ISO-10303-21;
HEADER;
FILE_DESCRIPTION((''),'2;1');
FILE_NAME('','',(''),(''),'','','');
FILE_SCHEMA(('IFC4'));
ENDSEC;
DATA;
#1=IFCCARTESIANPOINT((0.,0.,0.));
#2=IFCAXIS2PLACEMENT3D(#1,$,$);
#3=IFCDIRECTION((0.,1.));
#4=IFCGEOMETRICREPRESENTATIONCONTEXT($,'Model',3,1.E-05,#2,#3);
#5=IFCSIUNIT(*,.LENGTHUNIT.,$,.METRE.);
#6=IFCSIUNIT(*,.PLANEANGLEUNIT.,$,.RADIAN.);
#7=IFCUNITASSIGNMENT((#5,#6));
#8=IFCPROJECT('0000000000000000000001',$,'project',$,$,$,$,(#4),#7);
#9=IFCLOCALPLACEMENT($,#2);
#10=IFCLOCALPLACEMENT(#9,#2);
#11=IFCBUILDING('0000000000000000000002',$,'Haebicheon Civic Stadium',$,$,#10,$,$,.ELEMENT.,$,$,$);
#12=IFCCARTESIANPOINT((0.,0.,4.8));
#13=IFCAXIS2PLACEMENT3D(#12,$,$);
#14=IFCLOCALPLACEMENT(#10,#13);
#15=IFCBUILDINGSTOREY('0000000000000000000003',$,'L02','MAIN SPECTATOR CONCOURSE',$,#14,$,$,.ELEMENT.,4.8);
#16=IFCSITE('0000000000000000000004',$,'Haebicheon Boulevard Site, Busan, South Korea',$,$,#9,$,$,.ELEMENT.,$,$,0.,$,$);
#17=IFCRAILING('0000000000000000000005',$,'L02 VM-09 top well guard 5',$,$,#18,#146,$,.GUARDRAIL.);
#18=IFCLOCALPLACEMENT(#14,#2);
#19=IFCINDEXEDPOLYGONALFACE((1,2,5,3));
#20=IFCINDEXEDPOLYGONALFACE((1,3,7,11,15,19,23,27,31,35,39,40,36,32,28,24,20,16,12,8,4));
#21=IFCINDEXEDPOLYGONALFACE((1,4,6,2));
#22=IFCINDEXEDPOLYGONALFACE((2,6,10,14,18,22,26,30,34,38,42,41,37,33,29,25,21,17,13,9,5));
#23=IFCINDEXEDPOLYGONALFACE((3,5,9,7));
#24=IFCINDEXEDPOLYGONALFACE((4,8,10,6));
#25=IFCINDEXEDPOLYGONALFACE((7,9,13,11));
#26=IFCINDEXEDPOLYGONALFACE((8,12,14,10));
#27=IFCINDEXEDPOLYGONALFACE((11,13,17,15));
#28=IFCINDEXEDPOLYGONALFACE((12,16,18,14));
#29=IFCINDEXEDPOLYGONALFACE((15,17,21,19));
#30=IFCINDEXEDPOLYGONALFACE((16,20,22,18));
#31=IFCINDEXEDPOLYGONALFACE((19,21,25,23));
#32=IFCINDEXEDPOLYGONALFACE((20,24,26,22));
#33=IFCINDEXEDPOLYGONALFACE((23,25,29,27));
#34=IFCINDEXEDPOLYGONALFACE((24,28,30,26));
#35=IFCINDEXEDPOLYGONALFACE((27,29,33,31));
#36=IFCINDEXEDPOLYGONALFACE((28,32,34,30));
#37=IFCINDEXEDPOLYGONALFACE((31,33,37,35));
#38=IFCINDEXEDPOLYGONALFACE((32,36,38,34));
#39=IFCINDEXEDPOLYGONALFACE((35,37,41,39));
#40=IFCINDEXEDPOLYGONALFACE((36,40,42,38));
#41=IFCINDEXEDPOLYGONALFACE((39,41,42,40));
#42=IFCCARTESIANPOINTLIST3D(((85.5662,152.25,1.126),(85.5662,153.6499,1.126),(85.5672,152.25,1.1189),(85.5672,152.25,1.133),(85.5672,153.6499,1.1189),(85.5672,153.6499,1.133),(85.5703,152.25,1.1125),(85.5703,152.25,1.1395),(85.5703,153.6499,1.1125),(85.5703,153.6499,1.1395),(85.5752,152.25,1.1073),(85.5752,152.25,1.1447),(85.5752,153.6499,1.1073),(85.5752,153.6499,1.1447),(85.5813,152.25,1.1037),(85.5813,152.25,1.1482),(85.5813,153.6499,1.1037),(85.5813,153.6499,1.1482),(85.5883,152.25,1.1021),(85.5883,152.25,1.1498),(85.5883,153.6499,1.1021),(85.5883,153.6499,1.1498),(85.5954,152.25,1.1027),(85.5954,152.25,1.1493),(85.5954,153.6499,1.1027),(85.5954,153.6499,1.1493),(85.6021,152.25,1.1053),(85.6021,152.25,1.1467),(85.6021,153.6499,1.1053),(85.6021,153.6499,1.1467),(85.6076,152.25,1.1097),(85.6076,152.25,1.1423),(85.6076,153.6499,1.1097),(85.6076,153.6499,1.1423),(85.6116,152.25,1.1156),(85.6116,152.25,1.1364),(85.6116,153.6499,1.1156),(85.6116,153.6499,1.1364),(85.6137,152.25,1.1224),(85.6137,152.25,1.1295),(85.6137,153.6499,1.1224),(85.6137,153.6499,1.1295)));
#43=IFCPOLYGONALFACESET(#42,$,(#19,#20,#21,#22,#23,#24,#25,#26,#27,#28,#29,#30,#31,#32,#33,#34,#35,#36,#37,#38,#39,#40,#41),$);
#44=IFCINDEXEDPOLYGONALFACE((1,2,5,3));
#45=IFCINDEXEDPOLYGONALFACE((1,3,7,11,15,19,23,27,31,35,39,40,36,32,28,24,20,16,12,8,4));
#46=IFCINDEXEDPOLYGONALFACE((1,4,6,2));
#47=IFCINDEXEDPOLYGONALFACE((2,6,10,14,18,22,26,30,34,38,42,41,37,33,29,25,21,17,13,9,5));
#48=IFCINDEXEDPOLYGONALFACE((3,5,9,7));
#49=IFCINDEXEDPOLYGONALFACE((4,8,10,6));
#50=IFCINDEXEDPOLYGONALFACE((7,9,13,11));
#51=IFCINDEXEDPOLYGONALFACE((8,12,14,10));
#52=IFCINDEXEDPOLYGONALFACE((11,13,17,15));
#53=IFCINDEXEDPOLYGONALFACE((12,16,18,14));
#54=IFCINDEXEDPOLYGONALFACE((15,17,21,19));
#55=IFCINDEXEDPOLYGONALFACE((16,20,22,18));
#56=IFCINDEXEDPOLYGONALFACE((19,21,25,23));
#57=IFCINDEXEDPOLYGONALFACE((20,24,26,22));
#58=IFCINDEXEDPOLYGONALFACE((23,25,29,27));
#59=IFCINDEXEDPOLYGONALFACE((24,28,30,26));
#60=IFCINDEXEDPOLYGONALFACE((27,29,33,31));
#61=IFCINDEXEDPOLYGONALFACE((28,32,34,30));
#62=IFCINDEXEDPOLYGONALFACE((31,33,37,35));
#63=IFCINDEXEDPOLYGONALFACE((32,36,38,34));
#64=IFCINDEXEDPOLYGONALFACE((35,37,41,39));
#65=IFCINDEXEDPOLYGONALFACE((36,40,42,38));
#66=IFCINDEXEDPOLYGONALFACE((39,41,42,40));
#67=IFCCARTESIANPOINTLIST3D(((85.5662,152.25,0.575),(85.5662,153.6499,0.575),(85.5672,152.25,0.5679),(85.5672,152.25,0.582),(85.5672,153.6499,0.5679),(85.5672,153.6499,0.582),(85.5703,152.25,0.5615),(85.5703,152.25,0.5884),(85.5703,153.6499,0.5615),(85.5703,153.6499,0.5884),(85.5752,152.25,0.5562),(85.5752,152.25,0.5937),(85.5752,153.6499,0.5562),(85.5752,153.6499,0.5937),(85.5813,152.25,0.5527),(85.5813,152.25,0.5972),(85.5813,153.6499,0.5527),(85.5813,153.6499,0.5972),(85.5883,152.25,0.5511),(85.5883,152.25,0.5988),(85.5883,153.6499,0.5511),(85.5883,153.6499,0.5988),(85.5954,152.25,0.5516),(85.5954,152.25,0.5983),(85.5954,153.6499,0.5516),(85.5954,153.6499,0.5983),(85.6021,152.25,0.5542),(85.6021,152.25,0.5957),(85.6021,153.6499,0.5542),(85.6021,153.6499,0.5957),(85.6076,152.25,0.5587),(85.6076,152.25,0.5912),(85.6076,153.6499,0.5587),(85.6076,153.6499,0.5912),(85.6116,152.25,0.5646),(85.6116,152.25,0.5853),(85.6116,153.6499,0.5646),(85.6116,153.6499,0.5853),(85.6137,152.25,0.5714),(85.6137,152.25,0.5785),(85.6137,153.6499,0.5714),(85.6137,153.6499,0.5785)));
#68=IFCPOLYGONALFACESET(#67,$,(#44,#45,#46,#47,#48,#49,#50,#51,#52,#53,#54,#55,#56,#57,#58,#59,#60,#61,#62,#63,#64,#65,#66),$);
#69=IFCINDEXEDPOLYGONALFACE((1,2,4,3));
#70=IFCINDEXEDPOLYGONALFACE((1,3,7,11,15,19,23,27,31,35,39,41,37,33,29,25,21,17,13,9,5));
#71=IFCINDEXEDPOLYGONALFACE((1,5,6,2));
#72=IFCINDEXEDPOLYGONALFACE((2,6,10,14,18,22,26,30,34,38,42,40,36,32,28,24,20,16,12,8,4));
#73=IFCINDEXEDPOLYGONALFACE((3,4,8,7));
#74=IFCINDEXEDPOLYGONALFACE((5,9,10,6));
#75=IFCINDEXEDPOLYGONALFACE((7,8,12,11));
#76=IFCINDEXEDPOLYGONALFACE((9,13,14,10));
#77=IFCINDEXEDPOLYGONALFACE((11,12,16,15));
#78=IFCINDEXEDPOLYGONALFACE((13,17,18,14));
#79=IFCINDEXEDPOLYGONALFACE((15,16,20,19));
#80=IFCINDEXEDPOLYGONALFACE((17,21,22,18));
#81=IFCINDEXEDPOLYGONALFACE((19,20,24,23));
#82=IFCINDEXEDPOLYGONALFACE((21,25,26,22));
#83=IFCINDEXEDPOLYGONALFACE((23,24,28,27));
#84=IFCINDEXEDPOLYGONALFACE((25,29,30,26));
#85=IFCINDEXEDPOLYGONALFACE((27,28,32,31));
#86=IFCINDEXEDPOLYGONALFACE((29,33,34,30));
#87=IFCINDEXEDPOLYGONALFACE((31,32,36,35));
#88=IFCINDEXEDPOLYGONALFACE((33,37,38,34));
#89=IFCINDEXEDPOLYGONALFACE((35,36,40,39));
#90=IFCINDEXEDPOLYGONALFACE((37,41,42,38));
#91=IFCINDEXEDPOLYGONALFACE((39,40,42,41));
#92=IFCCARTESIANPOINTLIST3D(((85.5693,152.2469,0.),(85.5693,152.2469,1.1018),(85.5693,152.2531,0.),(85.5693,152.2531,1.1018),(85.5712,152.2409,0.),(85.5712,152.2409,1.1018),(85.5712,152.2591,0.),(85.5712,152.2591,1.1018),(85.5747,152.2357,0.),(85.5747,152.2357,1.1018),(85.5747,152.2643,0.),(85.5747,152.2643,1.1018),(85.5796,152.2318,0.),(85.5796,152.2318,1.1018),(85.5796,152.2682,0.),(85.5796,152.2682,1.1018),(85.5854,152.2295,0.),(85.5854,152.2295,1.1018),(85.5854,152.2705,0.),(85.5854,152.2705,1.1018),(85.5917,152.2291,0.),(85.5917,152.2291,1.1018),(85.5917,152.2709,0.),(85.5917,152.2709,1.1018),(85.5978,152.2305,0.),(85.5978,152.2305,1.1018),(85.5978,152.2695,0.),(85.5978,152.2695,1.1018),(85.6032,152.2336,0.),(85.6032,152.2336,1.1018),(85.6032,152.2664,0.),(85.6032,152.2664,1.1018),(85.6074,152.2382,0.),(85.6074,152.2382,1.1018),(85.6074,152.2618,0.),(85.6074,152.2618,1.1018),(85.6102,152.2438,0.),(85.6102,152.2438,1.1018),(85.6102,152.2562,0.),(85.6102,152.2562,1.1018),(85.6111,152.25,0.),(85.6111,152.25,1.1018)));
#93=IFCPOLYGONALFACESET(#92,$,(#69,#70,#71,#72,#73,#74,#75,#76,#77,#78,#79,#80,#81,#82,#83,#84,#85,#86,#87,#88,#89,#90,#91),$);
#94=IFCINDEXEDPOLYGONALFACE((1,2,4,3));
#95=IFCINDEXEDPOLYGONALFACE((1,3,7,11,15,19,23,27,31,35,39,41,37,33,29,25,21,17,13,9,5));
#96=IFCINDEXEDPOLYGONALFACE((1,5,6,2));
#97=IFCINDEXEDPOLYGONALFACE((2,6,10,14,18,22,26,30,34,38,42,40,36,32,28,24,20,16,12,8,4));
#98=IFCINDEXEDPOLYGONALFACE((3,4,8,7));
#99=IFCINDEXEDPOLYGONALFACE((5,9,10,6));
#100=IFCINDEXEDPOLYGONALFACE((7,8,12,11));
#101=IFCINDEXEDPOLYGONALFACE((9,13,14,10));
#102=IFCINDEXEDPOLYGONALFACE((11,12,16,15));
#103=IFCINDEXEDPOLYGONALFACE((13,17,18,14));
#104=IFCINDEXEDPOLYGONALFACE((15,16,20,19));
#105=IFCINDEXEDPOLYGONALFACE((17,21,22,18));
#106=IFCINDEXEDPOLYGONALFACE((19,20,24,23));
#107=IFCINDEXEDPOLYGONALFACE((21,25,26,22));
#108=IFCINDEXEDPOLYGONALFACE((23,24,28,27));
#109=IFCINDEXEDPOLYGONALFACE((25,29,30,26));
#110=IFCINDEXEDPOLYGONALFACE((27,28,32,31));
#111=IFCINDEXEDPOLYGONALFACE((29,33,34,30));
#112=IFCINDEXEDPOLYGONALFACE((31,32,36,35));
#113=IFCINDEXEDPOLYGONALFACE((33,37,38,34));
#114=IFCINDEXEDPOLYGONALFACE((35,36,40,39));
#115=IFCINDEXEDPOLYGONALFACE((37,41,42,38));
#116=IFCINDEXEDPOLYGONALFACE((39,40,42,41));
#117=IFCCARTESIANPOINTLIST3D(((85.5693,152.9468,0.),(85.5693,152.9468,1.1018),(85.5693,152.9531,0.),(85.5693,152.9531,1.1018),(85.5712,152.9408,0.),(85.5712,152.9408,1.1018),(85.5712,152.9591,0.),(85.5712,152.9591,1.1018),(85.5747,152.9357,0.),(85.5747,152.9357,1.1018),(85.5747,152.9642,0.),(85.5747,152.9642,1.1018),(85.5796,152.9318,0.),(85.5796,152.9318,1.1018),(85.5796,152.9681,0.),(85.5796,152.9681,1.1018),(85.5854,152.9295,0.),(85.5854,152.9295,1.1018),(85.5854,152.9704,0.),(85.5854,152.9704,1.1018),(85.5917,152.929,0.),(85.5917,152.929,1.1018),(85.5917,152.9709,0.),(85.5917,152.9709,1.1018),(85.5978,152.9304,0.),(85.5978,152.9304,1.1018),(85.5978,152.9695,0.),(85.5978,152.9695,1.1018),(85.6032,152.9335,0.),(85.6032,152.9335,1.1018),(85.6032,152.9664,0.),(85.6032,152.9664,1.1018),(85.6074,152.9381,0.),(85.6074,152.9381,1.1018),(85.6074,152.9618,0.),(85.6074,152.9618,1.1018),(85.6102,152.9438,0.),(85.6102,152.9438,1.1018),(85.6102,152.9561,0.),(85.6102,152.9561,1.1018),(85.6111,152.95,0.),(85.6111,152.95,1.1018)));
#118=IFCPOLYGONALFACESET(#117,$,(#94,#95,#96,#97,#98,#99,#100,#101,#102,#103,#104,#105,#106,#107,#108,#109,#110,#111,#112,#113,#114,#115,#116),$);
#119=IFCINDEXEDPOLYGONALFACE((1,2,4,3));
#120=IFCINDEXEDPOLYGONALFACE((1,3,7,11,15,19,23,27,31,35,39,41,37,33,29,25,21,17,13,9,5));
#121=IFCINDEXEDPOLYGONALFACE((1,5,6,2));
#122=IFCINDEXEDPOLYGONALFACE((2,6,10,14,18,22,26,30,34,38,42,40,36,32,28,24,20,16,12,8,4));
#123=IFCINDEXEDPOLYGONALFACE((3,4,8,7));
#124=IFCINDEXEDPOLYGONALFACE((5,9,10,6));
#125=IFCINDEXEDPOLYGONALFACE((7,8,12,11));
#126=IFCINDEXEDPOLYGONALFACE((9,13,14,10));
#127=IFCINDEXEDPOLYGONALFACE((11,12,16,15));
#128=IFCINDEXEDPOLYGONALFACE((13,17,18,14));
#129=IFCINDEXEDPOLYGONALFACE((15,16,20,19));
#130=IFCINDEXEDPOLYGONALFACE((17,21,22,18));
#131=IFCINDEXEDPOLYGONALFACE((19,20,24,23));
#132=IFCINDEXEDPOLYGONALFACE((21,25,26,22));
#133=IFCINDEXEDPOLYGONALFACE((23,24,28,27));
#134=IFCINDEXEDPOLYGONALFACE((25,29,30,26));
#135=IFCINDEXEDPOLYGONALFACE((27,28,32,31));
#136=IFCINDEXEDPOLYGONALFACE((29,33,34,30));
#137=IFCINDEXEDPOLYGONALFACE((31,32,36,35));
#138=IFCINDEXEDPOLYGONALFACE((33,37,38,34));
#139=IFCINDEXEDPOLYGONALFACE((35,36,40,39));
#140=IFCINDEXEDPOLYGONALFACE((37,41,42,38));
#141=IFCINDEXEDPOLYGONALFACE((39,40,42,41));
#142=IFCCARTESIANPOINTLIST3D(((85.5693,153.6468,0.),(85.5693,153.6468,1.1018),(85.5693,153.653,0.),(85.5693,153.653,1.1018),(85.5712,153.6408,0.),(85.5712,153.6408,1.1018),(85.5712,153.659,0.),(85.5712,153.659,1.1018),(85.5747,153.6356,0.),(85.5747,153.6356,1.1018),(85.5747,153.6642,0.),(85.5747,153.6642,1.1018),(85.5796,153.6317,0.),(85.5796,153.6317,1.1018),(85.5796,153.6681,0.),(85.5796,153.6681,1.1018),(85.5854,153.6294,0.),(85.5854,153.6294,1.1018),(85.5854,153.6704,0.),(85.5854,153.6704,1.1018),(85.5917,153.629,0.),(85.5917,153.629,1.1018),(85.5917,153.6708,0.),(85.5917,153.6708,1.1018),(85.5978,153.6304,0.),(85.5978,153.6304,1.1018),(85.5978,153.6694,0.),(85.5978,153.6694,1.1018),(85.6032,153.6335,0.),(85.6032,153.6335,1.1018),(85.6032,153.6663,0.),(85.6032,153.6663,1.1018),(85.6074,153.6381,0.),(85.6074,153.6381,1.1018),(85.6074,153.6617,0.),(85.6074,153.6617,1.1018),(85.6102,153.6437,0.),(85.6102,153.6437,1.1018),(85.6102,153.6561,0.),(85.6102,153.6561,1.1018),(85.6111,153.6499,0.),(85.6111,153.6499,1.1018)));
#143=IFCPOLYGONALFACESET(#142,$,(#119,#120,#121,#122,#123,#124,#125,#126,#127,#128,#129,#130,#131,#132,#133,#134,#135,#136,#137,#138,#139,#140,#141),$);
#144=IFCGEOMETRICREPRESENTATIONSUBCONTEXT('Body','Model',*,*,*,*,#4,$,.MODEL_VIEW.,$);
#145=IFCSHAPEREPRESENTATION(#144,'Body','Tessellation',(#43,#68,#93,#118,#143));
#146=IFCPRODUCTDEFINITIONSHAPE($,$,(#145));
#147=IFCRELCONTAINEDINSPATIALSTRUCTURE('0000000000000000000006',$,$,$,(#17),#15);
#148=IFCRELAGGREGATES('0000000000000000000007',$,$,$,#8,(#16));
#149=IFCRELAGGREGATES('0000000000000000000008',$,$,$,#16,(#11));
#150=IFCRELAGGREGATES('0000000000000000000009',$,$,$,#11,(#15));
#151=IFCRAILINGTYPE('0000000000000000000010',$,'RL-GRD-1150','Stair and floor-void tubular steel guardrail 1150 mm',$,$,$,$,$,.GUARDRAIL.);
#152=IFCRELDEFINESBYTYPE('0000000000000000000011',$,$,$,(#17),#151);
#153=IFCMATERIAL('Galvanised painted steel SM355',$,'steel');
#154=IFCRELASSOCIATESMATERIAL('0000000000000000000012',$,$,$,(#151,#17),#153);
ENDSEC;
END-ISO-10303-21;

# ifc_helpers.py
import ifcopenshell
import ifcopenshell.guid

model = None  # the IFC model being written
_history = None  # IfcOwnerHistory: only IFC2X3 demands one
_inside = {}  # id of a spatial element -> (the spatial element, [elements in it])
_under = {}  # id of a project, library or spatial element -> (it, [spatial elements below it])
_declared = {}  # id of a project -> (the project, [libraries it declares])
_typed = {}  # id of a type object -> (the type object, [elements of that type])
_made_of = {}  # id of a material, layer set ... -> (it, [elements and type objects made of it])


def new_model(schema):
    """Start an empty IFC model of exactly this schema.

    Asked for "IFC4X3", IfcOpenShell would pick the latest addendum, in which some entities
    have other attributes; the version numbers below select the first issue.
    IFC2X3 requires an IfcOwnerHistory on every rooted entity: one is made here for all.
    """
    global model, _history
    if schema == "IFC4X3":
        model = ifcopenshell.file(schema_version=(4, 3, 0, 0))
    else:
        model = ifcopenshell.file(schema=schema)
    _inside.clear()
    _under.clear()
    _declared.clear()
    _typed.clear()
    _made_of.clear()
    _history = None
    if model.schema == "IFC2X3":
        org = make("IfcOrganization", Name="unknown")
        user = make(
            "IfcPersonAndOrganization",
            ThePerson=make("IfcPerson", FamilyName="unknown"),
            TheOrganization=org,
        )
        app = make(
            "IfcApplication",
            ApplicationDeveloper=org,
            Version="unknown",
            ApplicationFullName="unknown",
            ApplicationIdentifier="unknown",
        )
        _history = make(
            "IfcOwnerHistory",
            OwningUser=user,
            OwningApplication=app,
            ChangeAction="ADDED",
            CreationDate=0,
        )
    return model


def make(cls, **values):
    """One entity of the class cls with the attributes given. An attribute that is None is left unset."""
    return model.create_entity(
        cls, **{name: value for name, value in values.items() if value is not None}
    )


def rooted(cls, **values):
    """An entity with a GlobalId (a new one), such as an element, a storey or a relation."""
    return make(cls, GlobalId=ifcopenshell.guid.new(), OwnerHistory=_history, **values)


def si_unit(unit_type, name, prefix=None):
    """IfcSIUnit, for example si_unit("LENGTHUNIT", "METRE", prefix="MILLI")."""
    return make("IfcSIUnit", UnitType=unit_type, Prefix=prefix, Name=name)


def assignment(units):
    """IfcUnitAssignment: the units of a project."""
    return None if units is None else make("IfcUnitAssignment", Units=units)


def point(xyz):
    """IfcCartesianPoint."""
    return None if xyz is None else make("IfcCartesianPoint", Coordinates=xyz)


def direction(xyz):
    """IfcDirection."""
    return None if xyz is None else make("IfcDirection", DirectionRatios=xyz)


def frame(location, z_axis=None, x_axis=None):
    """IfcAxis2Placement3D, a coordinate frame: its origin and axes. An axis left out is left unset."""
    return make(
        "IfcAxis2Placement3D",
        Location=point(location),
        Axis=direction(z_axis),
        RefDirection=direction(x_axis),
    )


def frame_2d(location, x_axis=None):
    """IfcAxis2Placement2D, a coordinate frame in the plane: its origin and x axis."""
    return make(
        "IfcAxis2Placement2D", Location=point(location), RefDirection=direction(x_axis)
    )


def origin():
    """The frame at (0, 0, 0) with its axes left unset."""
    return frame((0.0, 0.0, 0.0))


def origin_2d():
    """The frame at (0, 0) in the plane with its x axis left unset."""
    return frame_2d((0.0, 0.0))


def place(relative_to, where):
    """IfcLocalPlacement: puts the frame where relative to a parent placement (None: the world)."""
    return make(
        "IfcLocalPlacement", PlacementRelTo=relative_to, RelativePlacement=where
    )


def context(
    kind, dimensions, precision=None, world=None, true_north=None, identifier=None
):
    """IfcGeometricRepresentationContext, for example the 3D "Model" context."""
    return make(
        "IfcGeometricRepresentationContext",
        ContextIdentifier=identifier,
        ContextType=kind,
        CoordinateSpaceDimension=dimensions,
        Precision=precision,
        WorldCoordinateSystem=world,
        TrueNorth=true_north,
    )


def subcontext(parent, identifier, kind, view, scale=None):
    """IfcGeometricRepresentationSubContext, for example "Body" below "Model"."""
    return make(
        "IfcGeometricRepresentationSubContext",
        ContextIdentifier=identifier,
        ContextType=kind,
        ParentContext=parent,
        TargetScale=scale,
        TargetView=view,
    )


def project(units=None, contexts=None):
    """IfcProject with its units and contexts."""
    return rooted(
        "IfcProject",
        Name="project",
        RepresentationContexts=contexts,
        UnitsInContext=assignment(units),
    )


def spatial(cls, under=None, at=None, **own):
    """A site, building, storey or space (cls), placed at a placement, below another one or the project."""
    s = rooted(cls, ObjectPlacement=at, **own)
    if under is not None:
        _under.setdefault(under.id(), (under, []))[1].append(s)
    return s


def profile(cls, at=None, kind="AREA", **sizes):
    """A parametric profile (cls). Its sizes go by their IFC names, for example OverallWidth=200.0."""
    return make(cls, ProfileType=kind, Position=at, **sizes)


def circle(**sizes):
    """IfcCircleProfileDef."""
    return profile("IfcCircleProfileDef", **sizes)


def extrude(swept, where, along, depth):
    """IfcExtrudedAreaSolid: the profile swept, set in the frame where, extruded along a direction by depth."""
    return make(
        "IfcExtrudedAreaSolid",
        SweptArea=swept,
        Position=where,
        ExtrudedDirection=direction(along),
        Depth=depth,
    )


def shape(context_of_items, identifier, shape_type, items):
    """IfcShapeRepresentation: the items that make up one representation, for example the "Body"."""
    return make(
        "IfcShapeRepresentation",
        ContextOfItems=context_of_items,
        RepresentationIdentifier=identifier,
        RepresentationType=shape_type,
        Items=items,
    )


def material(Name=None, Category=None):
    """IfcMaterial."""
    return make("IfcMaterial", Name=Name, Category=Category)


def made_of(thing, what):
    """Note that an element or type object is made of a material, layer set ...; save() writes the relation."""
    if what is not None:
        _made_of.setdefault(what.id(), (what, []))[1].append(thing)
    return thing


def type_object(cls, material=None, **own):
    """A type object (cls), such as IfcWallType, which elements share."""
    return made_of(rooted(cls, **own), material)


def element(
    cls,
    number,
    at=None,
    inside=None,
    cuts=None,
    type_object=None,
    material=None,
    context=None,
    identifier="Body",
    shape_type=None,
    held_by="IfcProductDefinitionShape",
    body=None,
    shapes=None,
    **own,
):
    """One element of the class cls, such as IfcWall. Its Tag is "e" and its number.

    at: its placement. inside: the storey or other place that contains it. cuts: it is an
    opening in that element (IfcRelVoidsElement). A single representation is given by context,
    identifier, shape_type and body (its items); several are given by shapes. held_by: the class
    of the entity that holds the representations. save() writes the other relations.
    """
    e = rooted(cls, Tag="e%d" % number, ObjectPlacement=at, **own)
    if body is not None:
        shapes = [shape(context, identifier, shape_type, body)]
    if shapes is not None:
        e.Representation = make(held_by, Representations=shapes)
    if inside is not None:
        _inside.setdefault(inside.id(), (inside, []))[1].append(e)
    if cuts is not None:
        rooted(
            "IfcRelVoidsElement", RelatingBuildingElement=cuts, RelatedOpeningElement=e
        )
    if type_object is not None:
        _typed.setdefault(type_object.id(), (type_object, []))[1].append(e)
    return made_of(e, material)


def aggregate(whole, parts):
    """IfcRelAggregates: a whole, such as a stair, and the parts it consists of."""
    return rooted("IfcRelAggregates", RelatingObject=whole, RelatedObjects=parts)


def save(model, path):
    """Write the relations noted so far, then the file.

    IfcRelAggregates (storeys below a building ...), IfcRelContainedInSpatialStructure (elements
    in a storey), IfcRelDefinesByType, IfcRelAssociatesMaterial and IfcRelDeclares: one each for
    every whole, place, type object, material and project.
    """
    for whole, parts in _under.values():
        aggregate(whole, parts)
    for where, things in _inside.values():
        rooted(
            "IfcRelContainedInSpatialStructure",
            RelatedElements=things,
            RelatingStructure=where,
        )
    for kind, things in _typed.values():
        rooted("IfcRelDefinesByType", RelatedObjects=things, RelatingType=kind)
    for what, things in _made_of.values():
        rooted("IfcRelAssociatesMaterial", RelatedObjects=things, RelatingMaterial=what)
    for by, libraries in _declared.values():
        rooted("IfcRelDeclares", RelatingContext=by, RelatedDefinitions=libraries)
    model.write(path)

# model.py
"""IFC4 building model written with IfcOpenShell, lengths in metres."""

from ifc_helpers import new_model, si_unit, direction, frame, origin, origin_2d, place, context, subcontext, project, spatial, circle, extrude, material, type_object, element, save


model = new_model("IFC4")

# Units and contexts
model_context = context("Model", 3, precision=1e-05, world=origin(), true_north=direction((0.0, 1.0)))
body_context = subcontext(model_context, "Body", "Model", "MODEL_VIEW")
ifc_project = project(units=[si_unit("LENGTHUNIT", "METRE"), si_unit("PLANEANGLEUNIT", "RADIAN")], contexts=[model_context])

# Site, building, storey
site_placement = place(None, origin())
site = spatial("IfcSite", under=ifc_project, at=site_placement, Name="Haebicheon Boulevard Site, Busan, South Korea", CompositionType="ELEMENT", RefElevation=0.0)
building_placement = place(site_placement, origin())
building = spatial("IfcBuilding", under=site, at=building_placement, Name="Haebicheon Civic Stadium", CompositionType="ELEMENT")
storey_placement = place(building_placement, frame((0.0, 0.0, 4.8)))
storey = spatial("IfcBuildingStorey", under=building, at=storey_placement, Name="L02", Description="MAIN SPECTATOR CONCOURSE", CompositionType="ELEMENT", Elevation=4.8)

# Railing
ifc_material_1 = material(Name="Galvanised painted steel SM355", Category="steel")
railing_type_1 = type_object("IfcRailingType", Name="RL-GRD-1150", Description="Stair and floor-void tubular steel guardrail 1150 mm", PredefinedType="GUARDRAIL", material=ifc_material_1)
for number, where, name in (
    (1, (85.5901, 152.25, 0.0), "L02 VM-09 top well guard 5"),
):
    element("IfcRailing", number, at=place(storey_placement, frame(where)), inside=storey, type_object=railing_type_1, material=ifc_material_1, Name=name, PredefinedType="GUARDRAIL", context=body_context, shape_type="SweptSolid", body=[
        extrude(circle(Radius=0.0239, at=origin_2d()), frame((0.0, 0.0, 1.126), z_axis=(0.0, 1.0, 0.0), x_axis=(-1.0, 0.0, 0.0)), (0.0, 0.0, 1.0), 1.3999),
        extrude(circle(Radius=0.0239, at=origin_2d()), frame((0.0, 0.0, 0.575), z_axis=(0.0, 1.0, 0.0), x_axis=(-1.0, 0.0, 0.0)), (0.0, 0.0, 1.0), 1.3999),
        extrude(circle(Radius=0.021, at=origin_2d()), origin(), (0.0, 0.0, 1.0), 1.1018),
        extrude(circle(Radius=0.021, at=origin_2d()), frame((0.0, 0.7, 0.0)), (0.0, 0.0, 1.0), 1.1018),
        extrude(circle(Radius=0.021, at=origin_2d()), frame((0.0, 1.3999, 0.0)), (0.0, 0.0, 1.0), 1.1018),
    ])

save(model, "model.ifc")
